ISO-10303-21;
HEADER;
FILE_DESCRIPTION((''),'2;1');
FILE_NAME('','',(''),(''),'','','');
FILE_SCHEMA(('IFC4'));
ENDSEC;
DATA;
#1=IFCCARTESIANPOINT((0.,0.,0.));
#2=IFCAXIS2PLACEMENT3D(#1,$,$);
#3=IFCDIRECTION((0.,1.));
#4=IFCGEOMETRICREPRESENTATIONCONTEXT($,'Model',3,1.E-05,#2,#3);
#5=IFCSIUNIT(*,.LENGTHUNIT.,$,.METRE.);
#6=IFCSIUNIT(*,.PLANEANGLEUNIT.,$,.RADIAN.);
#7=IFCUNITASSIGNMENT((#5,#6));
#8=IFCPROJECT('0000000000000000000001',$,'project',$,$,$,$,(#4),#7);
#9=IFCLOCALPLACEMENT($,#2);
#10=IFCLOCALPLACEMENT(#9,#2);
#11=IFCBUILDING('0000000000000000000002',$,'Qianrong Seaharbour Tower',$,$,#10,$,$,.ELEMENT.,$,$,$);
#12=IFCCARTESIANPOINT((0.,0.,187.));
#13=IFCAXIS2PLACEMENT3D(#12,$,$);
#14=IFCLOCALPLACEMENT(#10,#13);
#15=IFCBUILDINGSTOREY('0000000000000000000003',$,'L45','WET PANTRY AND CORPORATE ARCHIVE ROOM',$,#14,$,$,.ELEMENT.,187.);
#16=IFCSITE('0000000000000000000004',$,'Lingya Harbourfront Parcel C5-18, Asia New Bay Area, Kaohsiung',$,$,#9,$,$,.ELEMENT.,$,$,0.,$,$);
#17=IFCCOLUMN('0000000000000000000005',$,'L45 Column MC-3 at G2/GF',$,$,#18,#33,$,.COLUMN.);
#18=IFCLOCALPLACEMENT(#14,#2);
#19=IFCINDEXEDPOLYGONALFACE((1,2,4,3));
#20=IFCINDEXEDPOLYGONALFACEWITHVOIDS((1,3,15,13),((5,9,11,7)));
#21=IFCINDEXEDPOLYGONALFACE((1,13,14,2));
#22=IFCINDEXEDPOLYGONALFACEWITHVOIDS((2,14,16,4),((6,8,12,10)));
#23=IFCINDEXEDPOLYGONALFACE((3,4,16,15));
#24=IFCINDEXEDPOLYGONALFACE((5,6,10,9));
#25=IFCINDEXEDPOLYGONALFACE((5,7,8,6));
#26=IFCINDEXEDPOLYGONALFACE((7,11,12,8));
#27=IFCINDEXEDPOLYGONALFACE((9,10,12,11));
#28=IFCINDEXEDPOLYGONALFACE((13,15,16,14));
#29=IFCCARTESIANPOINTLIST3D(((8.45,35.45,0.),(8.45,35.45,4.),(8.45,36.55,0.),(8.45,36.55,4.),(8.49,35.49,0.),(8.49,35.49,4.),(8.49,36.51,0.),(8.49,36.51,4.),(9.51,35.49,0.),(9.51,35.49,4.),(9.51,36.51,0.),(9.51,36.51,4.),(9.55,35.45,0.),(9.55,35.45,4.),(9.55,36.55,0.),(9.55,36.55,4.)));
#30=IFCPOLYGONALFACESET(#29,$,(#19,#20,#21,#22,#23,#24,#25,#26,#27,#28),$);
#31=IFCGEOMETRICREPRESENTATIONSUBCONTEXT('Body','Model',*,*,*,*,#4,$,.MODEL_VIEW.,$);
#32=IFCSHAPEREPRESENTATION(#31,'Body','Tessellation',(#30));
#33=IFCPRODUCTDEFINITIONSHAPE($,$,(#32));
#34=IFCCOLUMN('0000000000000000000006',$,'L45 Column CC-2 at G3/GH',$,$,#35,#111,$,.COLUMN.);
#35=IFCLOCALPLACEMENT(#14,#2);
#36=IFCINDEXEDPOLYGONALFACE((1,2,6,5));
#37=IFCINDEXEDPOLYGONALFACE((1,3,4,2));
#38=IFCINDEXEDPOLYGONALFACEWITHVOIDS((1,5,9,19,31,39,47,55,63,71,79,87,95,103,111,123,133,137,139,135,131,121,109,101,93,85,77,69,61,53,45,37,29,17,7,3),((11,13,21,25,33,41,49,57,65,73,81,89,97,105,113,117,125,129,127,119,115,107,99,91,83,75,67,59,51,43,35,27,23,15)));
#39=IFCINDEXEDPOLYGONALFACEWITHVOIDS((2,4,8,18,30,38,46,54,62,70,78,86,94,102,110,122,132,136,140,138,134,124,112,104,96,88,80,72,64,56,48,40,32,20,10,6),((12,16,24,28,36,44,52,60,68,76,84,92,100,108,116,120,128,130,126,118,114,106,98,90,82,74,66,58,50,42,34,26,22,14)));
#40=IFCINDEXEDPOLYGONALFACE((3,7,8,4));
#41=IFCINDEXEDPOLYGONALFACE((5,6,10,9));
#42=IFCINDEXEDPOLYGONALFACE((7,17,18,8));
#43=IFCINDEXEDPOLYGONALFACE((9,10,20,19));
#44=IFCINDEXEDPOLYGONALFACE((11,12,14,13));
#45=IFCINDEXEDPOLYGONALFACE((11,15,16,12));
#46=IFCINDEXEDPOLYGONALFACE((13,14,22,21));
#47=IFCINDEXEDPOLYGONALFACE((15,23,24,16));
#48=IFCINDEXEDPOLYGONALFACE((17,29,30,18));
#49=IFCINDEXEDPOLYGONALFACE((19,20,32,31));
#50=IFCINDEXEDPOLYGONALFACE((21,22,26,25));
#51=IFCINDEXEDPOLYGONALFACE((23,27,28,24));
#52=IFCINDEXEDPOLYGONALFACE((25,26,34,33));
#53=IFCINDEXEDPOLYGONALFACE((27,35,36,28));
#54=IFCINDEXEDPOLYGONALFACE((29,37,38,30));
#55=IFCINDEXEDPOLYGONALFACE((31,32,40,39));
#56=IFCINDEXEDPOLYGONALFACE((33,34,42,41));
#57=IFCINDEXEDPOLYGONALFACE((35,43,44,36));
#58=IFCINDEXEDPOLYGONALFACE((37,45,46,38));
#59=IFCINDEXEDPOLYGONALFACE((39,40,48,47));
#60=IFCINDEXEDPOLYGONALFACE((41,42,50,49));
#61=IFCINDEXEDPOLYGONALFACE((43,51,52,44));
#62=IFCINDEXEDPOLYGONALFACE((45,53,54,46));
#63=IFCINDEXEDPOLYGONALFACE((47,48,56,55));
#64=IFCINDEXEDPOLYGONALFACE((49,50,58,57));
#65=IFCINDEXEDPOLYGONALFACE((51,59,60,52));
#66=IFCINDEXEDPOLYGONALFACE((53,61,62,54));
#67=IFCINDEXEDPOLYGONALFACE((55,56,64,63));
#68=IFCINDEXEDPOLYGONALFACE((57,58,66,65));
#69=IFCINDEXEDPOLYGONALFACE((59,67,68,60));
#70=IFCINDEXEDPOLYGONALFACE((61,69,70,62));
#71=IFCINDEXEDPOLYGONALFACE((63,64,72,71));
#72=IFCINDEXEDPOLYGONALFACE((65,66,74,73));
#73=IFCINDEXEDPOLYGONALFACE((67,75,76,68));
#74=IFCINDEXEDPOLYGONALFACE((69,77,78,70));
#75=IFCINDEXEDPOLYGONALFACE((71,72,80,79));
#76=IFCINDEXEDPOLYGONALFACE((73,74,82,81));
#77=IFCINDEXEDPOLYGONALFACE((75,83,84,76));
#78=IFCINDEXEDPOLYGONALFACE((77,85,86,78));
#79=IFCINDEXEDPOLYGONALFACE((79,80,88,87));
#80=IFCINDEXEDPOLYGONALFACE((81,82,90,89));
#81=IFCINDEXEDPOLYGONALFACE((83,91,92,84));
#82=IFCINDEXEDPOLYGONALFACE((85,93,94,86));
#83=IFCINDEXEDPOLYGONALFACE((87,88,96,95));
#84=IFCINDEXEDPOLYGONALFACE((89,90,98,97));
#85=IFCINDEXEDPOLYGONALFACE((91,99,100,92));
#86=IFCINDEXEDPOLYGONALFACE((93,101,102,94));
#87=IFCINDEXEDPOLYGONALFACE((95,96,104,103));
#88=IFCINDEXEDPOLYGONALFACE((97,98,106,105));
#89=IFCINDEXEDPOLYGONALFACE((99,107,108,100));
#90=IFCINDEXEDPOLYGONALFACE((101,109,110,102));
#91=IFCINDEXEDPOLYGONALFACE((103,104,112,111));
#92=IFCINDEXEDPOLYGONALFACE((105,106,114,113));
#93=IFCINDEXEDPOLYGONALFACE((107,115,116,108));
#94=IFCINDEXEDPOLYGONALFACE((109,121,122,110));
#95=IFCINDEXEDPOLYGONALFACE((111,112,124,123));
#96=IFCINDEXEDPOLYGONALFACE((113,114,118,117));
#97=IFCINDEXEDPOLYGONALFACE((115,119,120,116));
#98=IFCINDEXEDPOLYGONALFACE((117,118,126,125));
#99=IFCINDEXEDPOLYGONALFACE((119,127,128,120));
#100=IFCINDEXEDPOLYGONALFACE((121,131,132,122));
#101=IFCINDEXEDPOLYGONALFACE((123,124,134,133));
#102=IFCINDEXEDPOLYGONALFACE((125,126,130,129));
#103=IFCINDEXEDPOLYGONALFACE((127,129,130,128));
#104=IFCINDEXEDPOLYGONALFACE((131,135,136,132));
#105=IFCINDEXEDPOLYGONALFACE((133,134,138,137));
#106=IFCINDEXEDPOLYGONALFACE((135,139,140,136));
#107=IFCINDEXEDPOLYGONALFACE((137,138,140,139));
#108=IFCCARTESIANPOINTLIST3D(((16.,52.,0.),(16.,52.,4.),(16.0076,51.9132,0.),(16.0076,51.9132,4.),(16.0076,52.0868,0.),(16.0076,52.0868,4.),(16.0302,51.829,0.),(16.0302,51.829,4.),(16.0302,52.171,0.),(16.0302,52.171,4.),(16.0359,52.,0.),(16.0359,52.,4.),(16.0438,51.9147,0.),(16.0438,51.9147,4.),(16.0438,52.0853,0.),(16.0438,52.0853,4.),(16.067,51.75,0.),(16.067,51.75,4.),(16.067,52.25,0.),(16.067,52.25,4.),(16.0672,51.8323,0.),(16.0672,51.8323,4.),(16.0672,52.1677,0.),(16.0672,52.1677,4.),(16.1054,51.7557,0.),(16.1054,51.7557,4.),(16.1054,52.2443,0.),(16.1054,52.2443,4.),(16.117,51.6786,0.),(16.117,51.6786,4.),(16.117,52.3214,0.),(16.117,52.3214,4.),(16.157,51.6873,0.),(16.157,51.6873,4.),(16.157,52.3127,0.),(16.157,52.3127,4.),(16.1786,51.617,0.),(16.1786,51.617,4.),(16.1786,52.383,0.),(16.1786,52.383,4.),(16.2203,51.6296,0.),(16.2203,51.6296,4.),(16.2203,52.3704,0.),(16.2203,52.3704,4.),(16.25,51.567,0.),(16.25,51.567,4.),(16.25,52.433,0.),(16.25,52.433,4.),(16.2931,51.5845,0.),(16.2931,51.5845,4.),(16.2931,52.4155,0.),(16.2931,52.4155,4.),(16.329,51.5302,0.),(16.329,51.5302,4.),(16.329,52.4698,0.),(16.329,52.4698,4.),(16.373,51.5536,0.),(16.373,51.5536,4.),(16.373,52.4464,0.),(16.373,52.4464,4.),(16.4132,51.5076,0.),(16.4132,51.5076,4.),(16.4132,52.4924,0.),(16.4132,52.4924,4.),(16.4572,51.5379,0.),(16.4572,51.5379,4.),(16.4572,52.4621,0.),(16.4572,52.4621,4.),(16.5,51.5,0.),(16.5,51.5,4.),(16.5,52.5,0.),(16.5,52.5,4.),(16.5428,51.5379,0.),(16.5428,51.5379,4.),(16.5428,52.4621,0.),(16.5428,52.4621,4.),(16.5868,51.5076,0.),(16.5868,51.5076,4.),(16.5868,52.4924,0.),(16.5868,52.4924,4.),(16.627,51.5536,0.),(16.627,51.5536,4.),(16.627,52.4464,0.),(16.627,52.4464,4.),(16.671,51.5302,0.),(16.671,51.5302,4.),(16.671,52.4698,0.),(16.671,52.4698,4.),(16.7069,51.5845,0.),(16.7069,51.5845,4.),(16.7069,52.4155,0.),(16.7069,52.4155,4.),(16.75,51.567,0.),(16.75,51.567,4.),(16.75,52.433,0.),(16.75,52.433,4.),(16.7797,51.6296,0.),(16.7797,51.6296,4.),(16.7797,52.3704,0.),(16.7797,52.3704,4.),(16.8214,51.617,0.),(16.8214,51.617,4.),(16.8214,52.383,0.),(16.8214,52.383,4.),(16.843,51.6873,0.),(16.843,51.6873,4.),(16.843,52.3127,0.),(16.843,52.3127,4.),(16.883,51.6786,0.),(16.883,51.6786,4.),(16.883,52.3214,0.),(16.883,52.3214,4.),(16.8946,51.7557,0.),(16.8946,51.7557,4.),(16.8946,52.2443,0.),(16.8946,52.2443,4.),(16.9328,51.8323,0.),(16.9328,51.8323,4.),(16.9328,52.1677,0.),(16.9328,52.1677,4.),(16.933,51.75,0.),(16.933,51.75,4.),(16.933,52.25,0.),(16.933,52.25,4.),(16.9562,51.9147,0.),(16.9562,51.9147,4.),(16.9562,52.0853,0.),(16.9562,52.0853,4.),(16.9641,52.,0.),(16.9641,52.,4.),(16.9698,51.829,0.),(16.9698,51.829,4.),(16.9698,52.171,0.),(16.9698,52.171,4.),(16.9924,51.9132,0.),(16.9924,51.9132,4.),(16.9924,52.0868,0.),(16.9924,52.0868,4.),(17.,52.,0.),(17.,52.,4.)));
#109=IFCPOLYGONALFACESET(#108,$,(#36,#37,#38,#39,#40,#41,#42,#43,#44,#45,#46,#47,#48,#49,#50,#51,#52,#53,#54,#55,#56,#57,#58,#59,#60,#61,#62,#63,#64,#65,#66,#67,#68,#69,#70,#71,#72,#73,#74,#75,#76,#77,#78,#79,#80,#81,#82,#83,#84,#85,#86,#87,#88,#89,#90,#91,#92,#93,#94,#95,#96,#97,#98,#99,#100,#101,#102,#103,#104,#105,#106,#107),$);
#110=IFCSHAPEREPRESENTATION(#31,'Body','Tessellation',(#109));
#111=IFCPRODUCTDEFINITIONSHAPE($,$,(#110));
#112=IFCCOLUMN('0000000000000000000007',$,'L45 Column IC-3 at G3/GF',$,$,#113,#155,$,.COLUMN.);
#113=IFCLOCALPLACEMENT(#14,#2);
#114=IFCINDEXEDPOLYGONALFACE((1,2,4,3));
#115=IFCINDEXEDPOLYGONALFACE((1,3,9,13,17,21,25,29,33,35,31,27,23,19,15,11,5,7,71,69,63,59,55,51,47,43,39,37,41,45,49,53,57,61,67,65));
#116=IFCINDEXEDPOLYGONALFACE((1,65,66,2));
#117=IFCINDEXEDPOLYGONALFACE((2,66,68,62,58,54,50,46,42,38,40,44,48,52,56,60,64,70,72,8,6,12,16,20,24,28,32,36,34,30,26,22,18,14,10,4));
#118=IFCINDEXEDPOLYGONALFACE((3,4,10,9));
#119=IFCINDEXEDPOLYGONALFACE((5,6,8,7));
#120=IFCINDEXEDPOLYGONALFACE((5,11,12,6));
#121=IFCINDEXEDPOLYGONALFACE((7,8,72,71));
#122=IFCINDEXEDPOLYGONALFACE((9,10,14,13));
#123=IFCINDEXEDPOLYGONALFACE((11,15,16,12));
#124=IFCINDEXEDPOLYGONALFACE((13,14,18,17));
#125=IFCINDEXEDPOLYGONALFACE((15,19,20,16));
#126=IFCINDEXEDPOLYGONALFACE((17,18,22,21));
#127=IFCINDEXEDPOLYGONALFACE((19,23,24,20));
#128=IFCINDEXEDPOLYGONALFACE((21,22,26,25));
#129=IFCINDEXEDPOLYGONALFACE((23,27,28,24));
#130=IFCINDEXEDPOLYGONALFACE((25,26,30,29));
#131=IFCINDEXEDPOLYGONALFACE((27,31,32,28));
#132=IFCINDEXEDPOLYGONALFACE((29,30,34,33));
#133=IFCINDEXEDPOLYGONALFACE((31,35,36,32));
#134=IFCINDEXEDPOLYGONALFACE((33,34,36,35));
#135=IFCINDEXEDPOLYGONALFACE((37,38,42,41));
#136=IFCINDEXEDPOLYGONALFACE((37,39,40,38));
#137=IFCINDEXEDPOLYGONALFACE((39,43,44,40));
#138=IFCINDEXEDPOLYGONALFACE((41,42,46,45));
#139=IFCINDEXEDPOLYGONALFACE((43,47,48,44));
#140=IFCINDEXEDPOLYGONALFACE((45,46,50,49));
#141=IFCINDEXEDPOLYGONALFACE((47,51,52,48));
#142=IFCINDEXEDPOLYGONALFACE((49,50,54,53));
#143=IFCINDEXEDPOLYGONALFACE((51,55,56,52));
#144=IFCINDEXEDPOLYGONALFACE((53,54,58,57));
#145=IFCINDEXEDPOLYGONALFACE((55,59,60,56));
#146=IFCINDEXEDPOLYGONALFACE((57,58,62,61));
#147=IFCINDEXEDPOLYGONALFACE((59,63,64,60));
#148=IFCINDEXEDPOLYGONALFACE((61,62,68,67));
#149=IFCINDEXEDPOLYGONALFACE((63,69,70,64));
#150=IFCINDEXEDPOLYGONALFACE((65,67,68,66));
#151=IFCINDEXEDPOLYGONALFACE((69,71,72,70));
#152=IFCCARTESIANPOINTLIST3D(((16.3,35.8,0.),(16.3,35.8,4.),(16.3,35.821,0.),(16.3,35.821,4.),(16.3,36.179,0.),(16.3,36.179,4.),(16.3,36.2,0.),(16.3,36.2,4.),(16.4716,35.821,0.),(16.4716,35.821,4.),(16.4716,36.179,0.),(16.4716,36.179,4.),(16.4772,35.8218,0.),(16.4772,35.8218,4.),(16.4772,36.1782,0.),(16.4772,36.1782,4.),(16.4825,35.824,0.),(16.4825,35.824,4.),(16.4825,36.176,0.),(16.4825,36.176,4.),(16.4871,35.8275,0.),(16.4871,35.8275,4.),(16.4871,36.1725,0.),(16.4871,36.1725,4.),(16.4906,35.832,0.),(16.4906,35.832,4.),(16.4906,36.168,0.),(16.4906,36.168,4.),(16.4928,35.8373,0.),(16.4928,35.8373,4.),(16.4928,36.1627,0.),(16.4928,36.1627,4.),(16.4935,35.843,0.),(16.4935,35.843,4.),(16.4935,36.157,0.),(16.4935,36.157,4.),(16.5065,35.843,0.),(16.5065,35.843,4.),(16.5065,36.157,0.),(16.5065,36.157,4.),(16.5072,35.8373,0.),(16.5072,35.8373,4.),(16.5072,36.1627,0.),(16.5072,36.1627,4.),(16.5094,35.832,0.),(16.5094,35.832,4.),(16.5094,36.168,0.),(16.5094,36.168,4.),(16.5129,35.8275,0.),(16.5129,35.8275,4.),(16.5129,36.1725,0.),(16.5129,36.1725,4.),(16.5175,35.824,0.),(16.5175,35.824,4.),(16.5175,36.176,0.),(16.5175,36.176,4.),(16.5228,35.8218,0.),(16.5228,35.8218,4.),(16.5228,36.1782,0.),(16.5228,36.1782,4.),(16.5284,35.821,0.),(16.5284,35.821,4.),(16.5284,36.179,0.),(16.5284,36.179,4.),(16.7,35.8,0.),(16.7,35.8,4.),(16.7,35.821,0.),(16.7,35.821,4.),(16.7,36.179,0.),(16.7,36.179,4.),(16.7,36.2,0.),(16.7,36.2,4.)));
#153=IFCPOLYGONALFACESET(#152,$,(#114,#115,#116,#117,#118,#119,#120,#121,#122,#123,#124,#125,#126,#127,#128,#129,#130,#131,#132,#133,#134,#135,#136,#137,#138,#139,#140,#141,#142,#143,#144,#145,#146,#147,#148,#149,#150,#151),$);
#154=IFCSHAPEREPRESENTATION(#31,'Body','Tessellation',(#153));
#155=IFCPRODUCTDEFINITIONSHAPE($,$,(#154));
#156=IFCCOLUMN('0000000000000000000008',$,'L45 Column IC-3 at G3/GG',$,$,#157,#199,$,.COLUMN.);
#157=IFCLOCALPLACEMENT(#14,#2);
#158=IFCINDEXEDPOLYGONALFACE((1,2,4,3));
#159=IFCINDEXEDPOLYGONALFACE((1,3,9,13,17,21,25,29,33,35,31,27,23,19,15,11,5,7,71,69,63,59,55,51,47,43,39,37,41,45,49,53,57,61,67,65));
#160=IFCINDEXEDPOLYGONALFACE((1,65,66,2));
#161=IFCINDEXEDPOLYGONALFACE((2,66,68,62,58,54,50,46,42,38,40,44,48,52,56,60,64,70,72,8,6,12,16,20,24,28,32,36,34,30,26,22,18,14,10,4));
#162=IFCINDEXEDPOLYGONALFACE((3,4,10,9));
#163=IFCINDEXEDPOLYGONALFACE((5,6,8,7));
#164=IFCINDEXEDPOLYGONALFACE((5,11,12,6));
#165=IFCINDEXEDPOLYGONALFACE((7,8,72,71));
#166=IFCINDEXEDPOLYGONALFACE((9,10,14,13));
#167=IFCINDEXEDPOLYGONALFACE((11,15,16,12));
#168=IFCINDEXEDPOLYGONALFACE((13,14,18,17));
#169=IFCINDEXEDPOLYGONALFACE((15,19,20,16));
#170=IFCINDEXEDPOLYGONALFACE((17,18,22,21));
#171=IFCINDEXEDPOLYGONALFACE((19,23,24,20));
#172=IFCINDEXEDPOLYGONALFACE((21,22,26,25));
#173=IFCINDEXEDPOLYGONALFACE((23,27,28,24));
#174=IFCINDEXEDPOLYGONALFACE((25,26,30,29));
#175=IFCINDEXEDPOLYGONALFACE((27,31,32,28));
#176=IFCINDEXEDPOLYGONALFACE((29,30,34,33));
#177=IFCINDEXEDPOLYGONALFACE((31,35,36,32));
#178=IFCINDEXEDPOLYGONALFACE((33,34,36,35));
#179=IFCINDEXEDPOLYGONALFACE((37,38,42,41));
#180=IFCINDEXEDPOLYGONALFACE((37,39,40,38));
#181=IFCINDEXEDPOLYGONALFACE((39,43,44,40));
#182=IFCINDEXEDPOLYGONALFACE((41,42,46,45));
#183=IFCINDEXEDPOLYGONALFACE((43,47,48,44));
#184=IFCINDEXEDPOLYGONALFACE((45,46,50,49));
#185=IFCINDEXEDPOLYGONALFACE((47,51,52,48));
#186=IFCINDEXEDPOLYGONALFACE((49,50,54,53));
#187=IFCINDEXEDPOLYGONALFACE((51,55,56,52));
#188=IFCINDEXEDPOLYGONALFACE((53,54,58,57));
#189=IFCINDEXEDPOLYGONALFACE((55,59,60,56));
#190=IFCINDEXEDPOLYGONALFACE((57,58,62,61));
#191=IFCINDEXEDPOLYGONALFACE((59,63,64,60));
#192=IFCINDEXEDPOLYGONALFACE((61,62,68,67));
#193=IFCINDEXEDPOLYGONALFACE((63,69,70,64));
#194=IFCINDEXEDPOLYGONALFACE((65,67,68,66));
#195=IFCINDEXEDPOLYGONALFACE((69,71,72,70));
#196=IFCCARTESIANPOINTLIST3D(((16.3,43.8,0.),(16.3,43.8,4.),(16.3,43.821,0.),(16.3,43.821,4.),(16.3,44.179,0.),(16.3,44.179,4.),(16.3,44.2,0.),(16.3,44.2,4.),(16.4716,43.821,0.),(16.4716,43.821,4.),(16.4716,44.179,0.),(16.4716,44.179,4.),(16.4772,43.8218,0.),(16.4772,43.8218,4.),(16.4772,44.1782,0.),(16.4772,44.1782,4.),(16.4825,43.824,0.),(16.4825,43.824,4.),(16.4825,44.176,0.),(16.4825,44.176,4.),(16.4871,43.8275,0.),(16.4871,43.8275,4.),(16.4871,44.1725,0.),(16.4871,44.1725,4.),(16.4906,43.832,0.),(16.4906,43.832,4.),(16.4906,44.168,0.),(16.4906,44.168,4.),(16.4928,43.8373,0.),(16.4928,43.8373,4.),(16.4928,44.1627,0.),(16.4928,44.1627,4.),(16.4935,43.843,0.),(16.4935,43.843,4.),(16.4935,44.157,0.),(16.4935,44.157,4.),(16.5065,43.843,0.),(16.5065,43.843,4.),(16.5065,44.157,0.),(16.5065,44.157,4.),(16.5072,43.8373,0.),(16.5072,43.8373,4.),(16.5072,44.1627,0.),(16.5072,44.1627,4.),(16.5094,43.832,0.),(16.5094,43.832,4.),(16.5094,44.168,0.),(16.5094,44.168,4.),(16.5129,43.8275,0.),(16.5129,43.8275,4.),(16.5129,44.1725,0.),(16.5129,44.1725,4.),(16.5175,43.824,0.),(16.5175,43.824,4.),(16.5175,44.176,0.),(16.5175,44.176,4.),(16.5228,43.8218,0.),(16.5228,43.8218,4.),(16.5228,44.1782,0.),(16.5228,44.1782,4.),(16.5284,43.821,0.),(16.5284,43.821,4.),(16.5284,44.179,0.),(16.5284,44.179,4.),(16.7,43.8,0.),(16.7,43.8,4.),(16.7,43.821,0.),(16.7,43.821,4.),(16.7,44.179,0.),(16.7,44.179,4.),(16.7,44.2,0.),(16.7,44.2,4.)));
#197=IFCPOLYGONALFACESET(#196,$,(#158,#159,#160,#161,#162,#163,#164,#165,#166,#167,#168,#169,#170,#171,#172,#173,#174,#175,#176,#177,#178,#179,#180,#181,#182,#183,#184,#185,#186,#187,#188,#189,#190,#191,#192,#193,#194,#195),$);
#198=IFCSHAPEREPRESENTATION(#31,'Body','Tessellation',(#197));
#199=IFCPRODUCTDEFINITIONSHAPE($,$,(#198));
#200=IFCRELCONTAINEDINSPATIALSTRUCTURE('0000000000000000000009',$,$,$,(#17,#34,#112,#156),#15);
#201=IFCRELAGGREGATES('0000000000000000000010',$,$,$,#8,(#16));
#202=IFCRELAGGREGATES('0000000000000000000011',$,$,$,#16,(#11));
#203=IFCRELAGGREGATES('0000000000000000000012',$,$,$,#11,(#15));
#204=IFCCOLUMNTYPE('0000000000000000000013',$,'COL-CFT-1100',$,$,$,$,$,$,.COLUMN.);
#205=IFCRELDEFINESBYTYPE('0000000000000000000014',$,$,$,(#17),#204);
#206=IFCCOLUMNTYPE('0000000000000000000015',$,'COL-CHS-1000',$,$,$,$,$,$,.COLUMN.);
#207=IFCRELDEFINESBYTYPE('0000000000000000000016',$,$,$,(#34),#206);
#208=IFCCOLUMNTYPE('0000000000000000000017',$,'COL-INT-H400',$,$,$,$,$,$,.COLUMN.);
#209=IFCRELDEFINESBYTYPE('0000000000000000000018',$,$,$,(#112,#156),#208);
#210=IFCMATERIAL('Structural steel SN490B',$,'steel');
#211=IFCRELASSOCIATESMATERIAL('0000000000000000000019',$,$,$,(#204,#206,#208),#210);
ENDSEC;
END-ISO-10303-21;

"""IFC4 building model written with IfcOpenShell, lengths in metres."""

from ifc_helpers import new_model, si_unit, direction, frame, origin, origin_2d, place, context, subcontext, project, spatial, hollow_rectangle, hollow_circle, i_section, extrude, material, material_profile, profile_set, type_object, element, save


model = new_model("IFC4")

# Units and contexts
model_context = context("Model", 3, precision=1e-05, world=origin(), true_north=direction((0.0, 1.0)))
body_context = subcontext(model_context, "Body", "Model", "MODEL_VIEW")
ifc_project = project(units=[si_unit("LENGTHUNIT", "METRE"), si_unit("PLANEANGLEUNIT", "RADIAN")], contexts=[model_context])

# Site, building, storey
site_placement = place(None, origin())
site = spatial("IfcSite", under=ifc_project, at=site_placement, Name="Lingya Harbourfront Parcel C5-18, Asia New Bay Area, Kaohsiung", CompositionType="ELEMENT", RefElevation=0.0)
building_placement = place(site_placement, origin())
building = spatial("IfcBuilding", under=site, at=building_placement, Name="Qianrong Seaharbour Tower", CompositionType="ELEMENT")
storey_placement = place(building_placement, frame((0.0, 0.0, 187.0)))
storey = spatial("IfcBuildingStorey", under=building, at=storey_placement, Name="L45", Description="WET PANTRY AND CORPORATE ARCHIVE ROOM", CompositionType="ELEMENT", Elevation=187.0)

# Columns
ifc_material_1 = material(Name="Structural steel SN490B", Category="steel")
ifc_material_profile_1 = material_profile(ifc_material_1, hollow_rectangle(XDim=1.1001, YDim=1.1001, WallThickness=0.04, at=origin_2d()), Name="BOX1100x1100x40")
ifc_profile_set_1 = profile_set([ifc_material_profile_1], Name="Structural steel SN490B")
column_type_1 = type_object("IfcColumnType", Name="COL-CFT-1100", PredefinedType="COLUMN", material=ifc_profile_set_1)
column_1_placement = place(storey_placement, frame((9.0, 36.0, 0.0), z_axis=(0.0, 0.0, 1.0), x_axis=(1.0, 0.0, 0.0)))
element("IfcColumn", 1, at=column_1_placement, inside=storey, type_object=column_type_1, Name="L45 Column MC-3 at G2/GF", PredefinedType="COLUMN", context=body_context, shape_type="SweptSolid", body=[
    extrude(hollow_rectangle(XDim=1.1001, YDim=1.1001, WallThickness=0.04, at=origin_2d()), origin(), (0.0, 0.0, 1.0), 4.0),
])
ifc_material_profile_2 = material_profile(ifc_material_1, hollow_circle(Radius=0.5, WallThickness=0.0359, at=origin_2d()), Name="CHS1000x36")
ifc_profile_set_2 = profile_set([ifc_material_profile_2], Name="Structural steel SN490B")
column_type_2 = type_object("IfcColumnType", Name="COL-CHS-1000", PredefinedType="COLUMN", material=ifc_profile_set_2)
column_2_placement = place(storey_placement, frame((16.5, 52.0, 0.0), z_axis=(0.0, 0.0, 1.0), x_axis=(1.0, 0.0, 0.0)))
element("IfcColumn", 2, at=column_2_placement, inside=storey, type_object=column_type_2, Name="L45 Column CC-2 at G3/GH", PredefinedType="COLUMN", context=body_context, shape_type="SweptSolid", body=[
    extrude(hollow_circle(Radius=0.5, WallThickness=0.0359, at=origin_2d()), origin(), (0.0, 0.0, 1.0), 4.0),
])
ifc_material_profile_3 = material_profile(ifc_material_1, i_section(OverallWidth=0.3999, OverallDepth=0.3999, WebThickness=0.0129, FlangeThickness=0.021, FilletRadius=0.022, at=origin_2d()), Name="H400x400x13x21")
ifc_profile_set_3 = profile_set([ifc_material_profile_3], Name="Structural steel SN490B")
column_type_3 = type_object("IfcColumnType", Name="COL-INT-H400", PredefinedType="COLUMN", material=ifc_profile_set_3)
for number, where, z_axis, x_axis, name in (
    (3, (16.5, 36.0, 0.0), (0.0, 0.0, 1.0), (1.0, 0.0, 0.0), "L45 Column IC-3 at G3/GF"),
    (4, (16.5, 44.0, 0.0), (0.0, 0.0, 1.0), (1.0, 0.0, 0.0), "L45 Column IC-3 at G3/GG"),
):
    element("IfcColumn", number, at=place(storey_placement, frame(where, z_axis=z_axis, x_axis=x_axis)), inside=storey, type_object=column_type_3, Name=name, PredefinedType="COLUMN", context=body_context, shape_type="SweptSolid", body=[
        extrude(i_section(OverallWidth=0.3999, OverallDepth=0.3999, WebThickness=0.0129, FlangeThickness=0.021, FilletRadius=0.022, at=origin_2d()), origin(), (0.0, 0.0, 1.0), 4.0),
    ])

save(model, "model.ifc")
